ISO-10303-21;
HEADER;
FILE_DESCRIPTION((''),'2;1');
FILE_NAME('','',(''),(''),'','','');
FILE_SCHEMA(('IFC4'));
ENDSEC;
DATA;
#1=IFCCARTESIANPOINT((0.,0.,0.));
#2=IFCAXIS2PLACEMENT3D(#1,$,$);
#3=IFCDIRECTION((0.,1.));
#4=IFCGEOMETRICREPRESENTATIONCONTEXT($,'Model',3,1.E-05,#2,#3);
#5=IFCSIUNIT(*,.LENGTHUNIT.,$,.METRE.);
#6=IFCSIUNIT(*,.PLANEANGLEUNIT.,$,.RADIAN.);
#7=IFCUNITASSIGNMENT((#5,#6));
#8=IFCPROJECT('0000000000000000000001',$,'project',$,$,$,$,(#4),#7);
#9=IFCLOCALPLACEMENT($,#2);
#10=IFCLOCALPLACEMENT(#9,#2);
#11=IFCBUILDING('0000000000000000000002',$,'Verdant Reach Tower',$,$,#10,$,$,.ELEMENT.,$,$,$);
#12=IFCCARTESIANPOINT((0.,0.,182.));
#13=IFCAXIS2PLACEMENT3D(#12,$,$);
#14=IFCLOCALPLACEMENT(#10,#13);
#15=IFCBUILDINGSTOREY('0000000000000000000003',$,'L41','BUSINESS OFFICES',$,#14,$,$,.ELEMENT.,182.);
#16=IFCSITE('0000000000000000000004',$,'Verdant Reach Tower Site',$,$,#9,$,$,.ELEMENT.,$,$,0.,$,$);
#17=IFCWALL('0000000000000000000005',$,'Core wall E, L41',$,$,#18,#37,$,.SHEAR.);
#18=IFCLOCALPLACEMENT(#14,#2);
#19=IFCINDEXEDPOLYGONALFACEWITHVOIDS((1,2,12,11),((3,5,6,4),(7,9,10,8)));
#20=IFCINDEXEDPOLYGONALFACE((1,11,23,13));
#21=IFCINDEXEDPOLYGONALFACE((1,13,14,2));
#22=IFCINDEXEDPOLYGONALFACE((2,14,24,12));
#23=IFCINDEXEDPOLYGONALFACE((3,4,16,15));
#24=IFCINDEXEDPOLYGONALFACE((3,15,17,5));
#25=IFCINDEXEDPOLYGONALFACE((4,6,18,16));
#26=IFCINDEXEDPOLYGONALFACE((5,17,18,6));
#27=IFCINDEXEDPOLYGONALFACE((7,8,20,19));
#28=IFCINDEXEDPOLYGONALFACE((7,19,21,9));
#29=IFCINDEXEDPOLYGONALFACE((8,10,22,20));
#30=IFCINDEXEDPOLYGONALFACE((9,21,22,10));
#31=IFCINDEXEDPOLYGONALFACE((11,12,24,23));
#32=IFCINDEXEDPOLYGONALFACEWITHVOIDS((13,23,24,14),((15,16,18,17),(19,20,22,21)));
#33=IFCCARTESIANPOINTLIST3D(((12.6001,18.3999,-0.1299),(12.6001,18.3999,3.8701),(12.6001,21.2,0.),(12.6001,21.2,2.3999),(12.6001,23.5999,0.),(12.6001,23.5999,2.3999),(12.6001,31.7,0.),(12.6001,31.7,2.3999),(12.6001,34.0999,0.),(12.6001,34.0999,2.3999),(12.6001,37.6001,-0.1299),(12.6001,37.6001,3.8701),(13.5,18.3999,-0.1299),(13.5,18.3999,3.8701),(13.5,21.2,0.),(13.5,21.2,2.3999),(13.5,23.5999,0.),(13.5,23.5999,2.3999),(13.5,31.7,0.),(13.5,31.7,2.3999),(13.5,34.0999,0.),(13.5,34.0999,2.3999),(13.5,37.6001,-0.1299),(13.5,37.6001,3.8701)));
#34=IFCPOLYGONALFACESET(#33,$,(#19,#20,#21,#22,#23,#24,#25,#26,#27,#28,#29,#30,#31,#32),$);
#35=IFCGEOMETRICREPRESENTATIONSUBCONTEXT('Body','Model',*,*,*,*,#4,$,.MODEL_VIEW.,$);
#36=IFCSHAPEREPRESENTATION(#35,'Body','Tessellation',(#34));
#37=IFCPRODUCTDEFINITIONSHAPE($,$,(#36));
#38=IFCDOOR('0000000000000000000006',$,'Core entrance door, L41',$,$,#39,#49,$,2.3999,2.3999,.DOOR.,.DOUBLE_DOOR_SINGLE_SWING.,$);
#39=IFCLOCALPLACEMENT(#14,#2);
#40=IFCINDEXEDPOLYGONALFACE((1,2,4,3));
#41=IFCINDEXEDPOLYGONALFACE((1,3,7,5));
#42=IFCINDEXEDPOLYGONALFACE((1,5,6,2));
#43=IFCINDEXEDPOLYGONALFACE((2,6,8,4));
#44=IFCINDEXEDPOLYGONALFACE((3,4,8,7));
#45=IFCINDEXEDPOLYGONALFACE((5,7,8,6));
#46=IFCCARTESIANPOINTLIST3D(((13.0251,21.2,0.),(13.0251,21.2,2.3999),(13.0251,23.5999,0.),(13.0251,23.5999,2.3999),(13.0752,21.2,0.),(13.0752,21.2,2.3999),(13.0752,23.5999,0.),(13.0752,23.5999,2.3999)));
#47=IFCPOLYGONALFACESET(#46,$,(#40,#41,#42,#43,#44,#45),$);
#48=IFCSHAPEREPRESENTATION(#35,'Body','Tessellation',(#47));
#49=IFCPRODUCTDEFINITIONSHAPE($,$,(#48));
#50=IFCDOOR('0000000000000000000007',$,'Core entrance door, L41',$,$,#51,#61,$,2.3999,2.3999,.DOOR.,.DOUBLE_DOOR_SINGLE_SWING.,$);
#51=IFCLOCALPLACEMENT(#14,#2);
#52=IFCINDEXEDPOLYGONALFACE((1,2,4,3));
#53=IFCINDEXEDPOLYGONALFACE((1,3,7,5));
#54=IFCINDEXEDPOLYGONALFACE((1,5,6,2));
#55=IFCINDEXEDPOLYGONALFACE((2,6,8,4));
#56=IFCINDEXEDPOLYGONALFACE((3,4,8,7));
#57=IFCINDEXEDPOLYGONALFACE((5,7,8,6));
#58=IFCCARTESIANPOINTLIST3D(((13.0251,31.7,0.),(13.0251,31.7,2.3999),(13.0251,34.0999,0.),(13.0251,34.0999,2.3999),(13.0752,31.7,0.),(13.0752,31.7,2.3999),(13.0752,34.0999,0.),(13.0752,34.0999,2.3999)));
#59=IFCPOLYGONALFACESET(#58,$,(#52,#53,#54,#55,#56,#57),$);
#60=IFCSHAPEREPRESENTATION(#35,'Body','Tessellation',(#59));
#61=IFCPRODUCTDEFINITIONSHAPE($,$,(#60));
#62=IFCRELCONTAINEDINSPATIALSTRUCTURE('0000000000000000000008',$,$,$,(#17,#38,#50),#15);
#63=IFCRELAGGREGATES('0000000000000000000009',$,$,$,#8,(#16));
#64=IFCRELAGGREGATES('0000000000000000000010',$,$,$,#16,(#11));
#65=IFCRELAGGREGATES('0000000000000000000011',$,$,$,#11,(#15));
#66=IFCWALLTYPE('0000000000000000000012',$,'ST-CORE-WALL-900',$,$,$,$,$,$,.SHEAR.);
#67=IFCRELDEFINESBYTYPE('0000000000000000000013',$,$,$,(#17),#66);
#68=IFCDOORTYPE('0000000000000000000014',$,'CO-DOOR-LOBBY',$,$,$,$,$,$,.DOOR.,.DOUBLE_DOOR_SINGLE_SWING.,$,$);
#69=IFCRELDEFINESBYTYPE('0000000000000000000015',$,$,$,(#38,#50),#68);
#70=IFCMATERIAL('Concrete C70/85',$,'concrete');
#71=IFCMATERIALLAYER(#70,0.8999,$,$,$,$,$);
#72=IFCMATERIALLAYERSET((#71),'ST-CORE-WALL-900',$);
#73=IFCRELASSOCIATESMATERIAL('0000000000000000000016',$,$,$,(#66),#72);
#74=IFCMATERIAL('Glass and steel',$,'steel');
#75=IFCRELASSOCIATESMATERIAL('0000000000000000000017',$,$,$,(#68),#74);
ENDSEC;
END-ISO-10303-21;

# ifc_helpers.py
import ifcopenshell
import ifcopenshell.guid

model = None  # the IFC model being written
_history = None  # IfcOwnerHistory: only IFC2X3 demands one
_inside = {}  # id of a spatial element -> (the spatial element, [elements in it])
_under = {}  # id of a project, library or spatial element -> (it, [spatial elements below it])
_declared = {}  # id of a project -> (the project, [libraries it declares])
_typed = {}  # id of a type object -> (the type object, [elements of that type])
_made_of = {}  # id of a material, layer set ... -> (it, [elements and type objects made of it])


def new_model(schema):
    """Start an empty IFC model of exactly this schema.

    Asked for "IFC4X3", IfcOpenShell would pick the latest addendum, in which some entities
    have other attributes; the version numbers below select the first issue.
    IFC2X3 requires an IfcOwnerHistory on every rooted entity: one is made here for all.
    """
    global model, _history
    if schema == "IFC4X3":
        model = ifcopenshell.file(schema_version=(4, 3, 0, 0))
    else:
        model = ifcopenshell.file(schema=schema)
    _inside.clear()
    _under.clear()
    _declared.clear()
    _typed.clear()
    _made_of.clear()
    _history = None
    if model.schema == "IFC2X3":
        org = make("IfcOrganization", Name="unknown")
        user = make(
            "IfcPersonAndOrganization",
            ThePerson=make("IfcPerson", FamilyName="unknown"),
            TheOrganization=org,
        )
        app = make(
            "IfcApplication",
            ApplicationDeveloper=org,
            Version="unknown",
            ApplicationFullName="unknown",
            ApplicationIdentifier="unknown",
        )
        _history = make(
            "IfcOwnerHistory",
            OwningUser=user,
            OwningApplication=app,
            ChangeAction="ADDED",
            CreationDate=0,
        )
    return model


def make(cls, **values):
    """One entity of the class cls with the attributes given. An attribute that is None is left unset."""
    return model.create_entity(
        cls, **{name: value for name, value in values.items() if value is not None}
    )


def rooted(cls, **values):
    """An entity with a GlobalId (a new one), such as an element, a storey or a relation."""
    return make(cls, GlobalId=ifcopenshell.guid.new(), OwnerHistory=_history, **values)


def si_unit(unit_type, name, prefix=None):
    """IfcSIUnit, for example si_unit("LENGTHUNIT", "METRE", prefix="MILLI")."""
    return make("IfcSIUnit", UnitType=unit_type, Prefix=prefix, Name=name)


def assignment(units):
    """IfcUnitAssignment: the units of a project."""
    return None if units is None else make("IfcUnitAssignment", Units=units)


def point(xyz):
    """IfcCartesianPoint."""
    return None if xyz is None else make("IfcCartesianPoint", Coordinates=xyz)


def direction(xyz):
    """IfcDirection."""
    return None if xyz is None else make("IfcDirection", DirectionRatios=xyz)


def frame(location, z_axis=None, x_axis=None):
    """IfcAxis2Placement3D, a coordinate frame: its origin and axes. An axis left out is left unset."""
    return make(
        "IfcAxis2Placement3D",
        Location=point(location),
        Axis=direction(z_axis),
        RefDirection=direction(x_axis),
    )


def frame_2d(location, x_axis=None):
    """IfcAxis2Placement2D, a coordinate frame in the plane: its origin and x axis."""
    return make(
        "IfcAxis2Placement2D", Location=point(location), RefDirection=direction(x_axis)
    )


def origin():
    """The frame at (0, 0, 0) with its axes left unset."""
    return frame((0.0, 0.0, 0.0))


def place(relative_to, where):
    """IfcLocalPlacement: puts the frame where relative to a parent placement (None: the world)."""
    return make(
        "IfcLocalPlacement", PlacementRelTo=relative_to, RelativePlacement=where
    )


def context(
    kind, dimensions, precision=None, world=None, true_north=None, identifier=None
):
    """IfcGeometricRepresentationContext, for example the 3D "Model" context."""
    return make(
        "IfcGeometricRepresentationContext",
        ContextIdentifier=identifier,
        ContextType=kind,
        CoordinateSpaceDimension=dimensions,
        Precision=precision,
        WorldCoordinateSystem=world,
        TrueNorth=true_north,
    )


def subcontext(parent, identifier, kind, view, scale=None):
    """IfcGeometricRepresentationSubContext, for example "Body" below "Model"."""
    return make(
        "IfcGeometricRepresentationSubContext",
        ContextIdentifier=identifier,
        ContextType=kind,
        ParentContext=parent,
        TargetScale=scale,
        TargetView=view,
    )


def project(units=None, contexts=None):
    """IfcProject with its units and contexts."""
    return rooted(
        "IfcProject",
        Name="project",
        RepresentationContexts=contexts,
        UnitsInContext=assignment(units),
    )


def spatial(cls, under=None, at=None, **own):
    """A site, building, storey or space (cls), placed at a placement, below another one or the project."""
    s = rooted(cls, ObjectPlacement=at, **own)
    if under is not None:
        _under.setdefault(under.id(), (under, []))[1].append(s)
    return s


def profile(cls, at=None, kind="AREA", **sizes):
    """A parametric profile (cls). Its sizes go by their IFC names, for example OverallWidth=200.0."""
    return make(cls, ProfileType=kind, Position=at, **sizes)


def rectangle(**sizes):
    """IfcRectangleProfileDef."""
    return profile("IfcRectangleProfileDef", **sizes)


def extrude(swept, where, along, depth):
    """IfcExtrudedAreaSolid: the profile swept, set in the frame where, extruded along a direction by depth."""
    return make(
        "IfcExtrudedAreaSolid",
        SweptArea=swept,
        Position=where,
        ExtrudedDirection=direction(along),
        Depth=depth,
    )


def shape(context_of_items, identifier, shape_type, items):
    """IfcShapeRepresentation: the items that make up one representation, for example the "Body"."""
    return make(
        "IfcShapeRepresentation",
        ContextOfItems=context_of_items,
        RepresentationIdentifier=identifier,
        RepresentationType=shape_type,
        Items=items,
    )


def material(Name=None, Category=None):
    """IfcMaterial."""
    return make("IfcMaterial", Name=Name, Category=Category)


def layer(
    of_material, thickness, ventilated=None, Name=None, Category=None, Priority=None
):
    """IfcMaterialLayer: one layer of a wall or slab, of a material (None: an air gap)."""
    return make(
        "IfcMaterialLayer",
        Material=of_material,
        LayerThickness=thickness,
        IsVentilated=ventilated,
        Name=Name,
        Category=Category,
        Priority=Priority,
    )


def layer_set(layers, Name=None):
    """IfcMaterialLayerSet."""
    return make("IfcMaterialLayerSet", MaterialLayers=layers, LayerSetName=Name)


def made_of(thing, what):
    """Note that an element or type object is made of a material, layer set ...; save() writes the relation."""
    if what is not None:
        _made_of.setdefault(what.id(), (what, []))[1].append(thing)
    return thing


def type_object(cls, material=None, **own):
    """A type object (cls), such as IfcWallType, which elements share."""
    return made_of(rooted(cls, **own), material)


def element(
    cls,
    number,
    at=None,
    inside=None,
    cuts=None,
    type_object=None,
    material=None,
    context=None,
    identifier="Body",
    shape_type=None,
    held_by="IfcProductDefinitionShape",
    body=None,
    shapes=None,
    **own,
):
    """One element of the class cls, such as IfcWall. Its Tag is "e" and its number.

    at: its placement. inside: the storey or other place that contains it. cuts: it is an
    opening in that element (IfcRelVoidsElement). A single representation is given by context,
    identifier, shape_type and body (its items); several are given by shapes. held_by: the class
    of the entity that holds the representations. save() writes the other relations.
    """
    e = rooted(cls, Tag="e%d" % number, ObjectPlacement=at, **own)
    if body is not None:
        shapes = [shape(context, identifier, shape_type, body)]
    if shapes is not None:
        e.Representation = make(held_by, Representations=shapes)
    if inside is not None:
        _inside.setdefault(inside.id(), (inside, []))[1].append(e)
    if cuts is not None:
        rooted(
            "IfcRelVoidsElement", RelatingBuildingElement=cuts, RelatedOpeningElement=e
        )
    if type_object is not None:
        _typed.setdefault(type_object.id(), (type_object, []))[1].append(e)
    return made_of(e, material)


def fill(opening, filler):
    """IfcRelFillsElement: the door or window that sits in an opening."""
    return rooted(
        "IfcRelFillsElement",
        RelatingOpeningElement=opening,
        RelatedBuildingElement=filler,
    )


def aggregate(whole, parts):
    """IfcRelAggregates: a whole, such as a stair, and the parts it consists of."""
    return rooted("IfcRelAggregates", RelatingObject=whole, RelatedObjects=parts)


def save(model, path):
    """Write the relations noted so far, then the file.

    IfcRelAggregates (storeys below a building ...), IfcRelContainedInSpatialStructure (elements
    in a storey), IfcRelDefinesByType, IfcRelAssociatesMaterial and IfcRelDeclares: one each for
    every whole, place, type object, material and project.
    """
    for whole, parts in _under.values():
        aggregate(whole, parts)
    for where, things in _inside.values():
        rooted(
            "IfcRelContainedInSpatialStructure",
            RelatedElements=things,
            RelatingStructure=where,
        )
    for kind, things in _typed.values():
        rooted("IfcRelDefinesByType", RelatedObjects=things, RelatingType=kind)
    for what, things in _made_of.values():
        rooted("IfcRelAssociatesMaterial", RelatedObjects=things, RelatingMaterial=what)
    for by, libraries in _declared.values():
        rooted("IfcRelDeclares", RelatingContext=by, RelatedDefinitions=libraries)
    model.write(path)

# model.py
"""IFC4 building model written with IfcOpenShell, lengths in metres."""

from ifc_helpers import new_model, si_unit, direction, frame, frame_2d, origin, place, context, subcontext, project, spatial, rectangle, extrude, material, layer, layer_set, type_object, element, fill, save


model = new_model("IFC4")

# Units and contexts
model_context = context("Model", 3, precision=1e-05, world=origin(), true_north=direction((0.0, 1.0)))
body_context = subcontext(model_context, "Body", "Model", "MODEL_VIEW")
ifc_project = project(units=[si_unit("LENGTHUNIT", "METRE"), si_unit("PLANEANGLEUNIT", "RADIAN")], contexts=[model_context])

# Site, building, storey
site_placement = place(None, origin())
site = spatial("IfcSite", under=ifc_project, at=site_placement, Name="Verdant Reach Tower Site", CompositionType="ELEMENT", RefElevation=0.0)
building_placement = place(site_placement, origin())
building = spatial("IfcBuilding", under=site, at=building_placement, Name="Verdant Reach Tower", CompositionType="ELEMENT")
storey_placement = place(building_placement, frame((0.0, 0.0, 182.0)))
storey = spatial("IfcBuildingStorey", under=building, at=storey_placement, Name="L41", Description="BUSINESS OFFICES", CompositionType="ELEMENT", Elevation=182.0)

# Wall, openings, doors
ifc_material_1 = material(Name="Concrete C70/85", Category="concrete")
ifc_layer_1 = layer(ifc_material_1, 0.8999)
ifc_layer_set_1 = layer_set([ifc_layer_1], Name="ST-CORE-WALL-900")
wall_type_1 = type_object("IfcWallType", Name="ST-CORE-WALL-900", PredefinedType="SHEAR", material=ifc_layer_set_1)
wall_1_placement = place(storey_placement, frame((13.05, 18.3999, -0.1299), z_axis=(0.0, 0.0, 1.0), x_axis=(0.0, 1.0, 0.0)))
wall_1 = element("IfcWall", 1, at=wall_1_placement, inside=storey, type_object=wall_type_1, Name="Core wall E, L41", PredefinedType="SHEAR", context=body_context, shape_type="SweptSolid", body=[
    extrude(rectangle(XDim=19.2002, YDim=0.8999, at=frame_2d((9.6001, 0.0))), origin(), (0.0, 0.0, 1.0), 4.0),
])
opening_1_placement = place(wall_1_placement, frame((2.8, 0.0, 0.1299)))
opening_1 = element("IfcOpeningElement", 2, at=opening_1_placement, cuts=wall_1, PredefinedType="OPENING", context=body_context, shape_type="SweptSolid", body=[
    extrude(rectangle(XDim=2.3999, YDim=2.3999, at=frame_2d((1.2, 1.2))), frame((0.0, 0.46, 0.0), z_axis=(0.0, -1.0, 0.0), x_axis=(1.0, 0.0, 0.0)), (0.0, 0.0, 1.0), 0.9199),
])
opening_2_placement = place(wall_1_placement, frame((13.3, 0.0, 0.1299)))
opening_2 = element("IfcOpeningElement", 3, at=opening_2_placement, cuts=wall_1, PredefinedType="OPENING", context=body_context, shape_type="SweptSolid", body=[
    extrude(rectangle(XDim=2.3999, YDim=2.3999, at=frame_2d((1.2, 1.2))), frame((0.0, 0.46, 0.0), z_axis=(0.0, -1.0, 0.0), x_axis=(1.0, 0.0, 0.0)), (0.0, 0.0, 1.0), 0.9199),
])
ifc_material_2 = material(Name="Glass and steel", Category="steel")
door_type_1 = type_object("IfcDoorType", Name="CO-DOOR-LOBBY", OperationType="DOUBLE_DOOR_SINGLE_SWING", PredefinedType="DOOR", material=ifc_material_2)
door_1_placement = place(opening_1_placement, origin())
door_1 = element("IfcDoor", 4, at=door_1_placement, inside=storey, type_object=door_type_1, Name="Core entrance door, L41", OperationType="DOUBLE_DOOR_SINGLE_SWING", OverallHeight=2.3999, OverallWidth=2.3999, PredefinedType="DOOR", context=body_context, shape_type="SweptSolid", body=[
    extrude(rectangle(XDim=2.3999, YDim=2.3999, at=frame_2d((1.2, 1.2))), frame((0.0, 0.0249, 0.0), z_axis=(0.0, -1.0, 0.0), x_axis=(1.0, 0.0, 0.0)), (0.0, 0.0, 1.0), 0.05),
])
fill(opening_1, door_1)
door_2_placement = place(opening_2_placement, origin())
door_2 = element("IfcDoor", 5, at=door_2_placement, inside=storey, type_object=door_type_1, Name="Core entrance door, L41", OperationType="DOUBLE_DOOR_SINGLE_SWING", OverallHeight=2.3999, OverallWidth=2.3999, PredefinedType="DOOR", context=body_context, shape_type="SweptSolid", body=[
    extrude(rectangle(XDim=2.3999, YDim=2.3999, at=frame_2d((1.2, 1.2))), frame((0.0, 0.0249, 0.0), z_axis=(0.0, -1.0, 0.0), x_axis=(1.0, 0.0, 0.0)), (0.0, 0.0, 1.0), 0.05),
])
fill(opening_2, door_2)

save(model, "model.ifc")
